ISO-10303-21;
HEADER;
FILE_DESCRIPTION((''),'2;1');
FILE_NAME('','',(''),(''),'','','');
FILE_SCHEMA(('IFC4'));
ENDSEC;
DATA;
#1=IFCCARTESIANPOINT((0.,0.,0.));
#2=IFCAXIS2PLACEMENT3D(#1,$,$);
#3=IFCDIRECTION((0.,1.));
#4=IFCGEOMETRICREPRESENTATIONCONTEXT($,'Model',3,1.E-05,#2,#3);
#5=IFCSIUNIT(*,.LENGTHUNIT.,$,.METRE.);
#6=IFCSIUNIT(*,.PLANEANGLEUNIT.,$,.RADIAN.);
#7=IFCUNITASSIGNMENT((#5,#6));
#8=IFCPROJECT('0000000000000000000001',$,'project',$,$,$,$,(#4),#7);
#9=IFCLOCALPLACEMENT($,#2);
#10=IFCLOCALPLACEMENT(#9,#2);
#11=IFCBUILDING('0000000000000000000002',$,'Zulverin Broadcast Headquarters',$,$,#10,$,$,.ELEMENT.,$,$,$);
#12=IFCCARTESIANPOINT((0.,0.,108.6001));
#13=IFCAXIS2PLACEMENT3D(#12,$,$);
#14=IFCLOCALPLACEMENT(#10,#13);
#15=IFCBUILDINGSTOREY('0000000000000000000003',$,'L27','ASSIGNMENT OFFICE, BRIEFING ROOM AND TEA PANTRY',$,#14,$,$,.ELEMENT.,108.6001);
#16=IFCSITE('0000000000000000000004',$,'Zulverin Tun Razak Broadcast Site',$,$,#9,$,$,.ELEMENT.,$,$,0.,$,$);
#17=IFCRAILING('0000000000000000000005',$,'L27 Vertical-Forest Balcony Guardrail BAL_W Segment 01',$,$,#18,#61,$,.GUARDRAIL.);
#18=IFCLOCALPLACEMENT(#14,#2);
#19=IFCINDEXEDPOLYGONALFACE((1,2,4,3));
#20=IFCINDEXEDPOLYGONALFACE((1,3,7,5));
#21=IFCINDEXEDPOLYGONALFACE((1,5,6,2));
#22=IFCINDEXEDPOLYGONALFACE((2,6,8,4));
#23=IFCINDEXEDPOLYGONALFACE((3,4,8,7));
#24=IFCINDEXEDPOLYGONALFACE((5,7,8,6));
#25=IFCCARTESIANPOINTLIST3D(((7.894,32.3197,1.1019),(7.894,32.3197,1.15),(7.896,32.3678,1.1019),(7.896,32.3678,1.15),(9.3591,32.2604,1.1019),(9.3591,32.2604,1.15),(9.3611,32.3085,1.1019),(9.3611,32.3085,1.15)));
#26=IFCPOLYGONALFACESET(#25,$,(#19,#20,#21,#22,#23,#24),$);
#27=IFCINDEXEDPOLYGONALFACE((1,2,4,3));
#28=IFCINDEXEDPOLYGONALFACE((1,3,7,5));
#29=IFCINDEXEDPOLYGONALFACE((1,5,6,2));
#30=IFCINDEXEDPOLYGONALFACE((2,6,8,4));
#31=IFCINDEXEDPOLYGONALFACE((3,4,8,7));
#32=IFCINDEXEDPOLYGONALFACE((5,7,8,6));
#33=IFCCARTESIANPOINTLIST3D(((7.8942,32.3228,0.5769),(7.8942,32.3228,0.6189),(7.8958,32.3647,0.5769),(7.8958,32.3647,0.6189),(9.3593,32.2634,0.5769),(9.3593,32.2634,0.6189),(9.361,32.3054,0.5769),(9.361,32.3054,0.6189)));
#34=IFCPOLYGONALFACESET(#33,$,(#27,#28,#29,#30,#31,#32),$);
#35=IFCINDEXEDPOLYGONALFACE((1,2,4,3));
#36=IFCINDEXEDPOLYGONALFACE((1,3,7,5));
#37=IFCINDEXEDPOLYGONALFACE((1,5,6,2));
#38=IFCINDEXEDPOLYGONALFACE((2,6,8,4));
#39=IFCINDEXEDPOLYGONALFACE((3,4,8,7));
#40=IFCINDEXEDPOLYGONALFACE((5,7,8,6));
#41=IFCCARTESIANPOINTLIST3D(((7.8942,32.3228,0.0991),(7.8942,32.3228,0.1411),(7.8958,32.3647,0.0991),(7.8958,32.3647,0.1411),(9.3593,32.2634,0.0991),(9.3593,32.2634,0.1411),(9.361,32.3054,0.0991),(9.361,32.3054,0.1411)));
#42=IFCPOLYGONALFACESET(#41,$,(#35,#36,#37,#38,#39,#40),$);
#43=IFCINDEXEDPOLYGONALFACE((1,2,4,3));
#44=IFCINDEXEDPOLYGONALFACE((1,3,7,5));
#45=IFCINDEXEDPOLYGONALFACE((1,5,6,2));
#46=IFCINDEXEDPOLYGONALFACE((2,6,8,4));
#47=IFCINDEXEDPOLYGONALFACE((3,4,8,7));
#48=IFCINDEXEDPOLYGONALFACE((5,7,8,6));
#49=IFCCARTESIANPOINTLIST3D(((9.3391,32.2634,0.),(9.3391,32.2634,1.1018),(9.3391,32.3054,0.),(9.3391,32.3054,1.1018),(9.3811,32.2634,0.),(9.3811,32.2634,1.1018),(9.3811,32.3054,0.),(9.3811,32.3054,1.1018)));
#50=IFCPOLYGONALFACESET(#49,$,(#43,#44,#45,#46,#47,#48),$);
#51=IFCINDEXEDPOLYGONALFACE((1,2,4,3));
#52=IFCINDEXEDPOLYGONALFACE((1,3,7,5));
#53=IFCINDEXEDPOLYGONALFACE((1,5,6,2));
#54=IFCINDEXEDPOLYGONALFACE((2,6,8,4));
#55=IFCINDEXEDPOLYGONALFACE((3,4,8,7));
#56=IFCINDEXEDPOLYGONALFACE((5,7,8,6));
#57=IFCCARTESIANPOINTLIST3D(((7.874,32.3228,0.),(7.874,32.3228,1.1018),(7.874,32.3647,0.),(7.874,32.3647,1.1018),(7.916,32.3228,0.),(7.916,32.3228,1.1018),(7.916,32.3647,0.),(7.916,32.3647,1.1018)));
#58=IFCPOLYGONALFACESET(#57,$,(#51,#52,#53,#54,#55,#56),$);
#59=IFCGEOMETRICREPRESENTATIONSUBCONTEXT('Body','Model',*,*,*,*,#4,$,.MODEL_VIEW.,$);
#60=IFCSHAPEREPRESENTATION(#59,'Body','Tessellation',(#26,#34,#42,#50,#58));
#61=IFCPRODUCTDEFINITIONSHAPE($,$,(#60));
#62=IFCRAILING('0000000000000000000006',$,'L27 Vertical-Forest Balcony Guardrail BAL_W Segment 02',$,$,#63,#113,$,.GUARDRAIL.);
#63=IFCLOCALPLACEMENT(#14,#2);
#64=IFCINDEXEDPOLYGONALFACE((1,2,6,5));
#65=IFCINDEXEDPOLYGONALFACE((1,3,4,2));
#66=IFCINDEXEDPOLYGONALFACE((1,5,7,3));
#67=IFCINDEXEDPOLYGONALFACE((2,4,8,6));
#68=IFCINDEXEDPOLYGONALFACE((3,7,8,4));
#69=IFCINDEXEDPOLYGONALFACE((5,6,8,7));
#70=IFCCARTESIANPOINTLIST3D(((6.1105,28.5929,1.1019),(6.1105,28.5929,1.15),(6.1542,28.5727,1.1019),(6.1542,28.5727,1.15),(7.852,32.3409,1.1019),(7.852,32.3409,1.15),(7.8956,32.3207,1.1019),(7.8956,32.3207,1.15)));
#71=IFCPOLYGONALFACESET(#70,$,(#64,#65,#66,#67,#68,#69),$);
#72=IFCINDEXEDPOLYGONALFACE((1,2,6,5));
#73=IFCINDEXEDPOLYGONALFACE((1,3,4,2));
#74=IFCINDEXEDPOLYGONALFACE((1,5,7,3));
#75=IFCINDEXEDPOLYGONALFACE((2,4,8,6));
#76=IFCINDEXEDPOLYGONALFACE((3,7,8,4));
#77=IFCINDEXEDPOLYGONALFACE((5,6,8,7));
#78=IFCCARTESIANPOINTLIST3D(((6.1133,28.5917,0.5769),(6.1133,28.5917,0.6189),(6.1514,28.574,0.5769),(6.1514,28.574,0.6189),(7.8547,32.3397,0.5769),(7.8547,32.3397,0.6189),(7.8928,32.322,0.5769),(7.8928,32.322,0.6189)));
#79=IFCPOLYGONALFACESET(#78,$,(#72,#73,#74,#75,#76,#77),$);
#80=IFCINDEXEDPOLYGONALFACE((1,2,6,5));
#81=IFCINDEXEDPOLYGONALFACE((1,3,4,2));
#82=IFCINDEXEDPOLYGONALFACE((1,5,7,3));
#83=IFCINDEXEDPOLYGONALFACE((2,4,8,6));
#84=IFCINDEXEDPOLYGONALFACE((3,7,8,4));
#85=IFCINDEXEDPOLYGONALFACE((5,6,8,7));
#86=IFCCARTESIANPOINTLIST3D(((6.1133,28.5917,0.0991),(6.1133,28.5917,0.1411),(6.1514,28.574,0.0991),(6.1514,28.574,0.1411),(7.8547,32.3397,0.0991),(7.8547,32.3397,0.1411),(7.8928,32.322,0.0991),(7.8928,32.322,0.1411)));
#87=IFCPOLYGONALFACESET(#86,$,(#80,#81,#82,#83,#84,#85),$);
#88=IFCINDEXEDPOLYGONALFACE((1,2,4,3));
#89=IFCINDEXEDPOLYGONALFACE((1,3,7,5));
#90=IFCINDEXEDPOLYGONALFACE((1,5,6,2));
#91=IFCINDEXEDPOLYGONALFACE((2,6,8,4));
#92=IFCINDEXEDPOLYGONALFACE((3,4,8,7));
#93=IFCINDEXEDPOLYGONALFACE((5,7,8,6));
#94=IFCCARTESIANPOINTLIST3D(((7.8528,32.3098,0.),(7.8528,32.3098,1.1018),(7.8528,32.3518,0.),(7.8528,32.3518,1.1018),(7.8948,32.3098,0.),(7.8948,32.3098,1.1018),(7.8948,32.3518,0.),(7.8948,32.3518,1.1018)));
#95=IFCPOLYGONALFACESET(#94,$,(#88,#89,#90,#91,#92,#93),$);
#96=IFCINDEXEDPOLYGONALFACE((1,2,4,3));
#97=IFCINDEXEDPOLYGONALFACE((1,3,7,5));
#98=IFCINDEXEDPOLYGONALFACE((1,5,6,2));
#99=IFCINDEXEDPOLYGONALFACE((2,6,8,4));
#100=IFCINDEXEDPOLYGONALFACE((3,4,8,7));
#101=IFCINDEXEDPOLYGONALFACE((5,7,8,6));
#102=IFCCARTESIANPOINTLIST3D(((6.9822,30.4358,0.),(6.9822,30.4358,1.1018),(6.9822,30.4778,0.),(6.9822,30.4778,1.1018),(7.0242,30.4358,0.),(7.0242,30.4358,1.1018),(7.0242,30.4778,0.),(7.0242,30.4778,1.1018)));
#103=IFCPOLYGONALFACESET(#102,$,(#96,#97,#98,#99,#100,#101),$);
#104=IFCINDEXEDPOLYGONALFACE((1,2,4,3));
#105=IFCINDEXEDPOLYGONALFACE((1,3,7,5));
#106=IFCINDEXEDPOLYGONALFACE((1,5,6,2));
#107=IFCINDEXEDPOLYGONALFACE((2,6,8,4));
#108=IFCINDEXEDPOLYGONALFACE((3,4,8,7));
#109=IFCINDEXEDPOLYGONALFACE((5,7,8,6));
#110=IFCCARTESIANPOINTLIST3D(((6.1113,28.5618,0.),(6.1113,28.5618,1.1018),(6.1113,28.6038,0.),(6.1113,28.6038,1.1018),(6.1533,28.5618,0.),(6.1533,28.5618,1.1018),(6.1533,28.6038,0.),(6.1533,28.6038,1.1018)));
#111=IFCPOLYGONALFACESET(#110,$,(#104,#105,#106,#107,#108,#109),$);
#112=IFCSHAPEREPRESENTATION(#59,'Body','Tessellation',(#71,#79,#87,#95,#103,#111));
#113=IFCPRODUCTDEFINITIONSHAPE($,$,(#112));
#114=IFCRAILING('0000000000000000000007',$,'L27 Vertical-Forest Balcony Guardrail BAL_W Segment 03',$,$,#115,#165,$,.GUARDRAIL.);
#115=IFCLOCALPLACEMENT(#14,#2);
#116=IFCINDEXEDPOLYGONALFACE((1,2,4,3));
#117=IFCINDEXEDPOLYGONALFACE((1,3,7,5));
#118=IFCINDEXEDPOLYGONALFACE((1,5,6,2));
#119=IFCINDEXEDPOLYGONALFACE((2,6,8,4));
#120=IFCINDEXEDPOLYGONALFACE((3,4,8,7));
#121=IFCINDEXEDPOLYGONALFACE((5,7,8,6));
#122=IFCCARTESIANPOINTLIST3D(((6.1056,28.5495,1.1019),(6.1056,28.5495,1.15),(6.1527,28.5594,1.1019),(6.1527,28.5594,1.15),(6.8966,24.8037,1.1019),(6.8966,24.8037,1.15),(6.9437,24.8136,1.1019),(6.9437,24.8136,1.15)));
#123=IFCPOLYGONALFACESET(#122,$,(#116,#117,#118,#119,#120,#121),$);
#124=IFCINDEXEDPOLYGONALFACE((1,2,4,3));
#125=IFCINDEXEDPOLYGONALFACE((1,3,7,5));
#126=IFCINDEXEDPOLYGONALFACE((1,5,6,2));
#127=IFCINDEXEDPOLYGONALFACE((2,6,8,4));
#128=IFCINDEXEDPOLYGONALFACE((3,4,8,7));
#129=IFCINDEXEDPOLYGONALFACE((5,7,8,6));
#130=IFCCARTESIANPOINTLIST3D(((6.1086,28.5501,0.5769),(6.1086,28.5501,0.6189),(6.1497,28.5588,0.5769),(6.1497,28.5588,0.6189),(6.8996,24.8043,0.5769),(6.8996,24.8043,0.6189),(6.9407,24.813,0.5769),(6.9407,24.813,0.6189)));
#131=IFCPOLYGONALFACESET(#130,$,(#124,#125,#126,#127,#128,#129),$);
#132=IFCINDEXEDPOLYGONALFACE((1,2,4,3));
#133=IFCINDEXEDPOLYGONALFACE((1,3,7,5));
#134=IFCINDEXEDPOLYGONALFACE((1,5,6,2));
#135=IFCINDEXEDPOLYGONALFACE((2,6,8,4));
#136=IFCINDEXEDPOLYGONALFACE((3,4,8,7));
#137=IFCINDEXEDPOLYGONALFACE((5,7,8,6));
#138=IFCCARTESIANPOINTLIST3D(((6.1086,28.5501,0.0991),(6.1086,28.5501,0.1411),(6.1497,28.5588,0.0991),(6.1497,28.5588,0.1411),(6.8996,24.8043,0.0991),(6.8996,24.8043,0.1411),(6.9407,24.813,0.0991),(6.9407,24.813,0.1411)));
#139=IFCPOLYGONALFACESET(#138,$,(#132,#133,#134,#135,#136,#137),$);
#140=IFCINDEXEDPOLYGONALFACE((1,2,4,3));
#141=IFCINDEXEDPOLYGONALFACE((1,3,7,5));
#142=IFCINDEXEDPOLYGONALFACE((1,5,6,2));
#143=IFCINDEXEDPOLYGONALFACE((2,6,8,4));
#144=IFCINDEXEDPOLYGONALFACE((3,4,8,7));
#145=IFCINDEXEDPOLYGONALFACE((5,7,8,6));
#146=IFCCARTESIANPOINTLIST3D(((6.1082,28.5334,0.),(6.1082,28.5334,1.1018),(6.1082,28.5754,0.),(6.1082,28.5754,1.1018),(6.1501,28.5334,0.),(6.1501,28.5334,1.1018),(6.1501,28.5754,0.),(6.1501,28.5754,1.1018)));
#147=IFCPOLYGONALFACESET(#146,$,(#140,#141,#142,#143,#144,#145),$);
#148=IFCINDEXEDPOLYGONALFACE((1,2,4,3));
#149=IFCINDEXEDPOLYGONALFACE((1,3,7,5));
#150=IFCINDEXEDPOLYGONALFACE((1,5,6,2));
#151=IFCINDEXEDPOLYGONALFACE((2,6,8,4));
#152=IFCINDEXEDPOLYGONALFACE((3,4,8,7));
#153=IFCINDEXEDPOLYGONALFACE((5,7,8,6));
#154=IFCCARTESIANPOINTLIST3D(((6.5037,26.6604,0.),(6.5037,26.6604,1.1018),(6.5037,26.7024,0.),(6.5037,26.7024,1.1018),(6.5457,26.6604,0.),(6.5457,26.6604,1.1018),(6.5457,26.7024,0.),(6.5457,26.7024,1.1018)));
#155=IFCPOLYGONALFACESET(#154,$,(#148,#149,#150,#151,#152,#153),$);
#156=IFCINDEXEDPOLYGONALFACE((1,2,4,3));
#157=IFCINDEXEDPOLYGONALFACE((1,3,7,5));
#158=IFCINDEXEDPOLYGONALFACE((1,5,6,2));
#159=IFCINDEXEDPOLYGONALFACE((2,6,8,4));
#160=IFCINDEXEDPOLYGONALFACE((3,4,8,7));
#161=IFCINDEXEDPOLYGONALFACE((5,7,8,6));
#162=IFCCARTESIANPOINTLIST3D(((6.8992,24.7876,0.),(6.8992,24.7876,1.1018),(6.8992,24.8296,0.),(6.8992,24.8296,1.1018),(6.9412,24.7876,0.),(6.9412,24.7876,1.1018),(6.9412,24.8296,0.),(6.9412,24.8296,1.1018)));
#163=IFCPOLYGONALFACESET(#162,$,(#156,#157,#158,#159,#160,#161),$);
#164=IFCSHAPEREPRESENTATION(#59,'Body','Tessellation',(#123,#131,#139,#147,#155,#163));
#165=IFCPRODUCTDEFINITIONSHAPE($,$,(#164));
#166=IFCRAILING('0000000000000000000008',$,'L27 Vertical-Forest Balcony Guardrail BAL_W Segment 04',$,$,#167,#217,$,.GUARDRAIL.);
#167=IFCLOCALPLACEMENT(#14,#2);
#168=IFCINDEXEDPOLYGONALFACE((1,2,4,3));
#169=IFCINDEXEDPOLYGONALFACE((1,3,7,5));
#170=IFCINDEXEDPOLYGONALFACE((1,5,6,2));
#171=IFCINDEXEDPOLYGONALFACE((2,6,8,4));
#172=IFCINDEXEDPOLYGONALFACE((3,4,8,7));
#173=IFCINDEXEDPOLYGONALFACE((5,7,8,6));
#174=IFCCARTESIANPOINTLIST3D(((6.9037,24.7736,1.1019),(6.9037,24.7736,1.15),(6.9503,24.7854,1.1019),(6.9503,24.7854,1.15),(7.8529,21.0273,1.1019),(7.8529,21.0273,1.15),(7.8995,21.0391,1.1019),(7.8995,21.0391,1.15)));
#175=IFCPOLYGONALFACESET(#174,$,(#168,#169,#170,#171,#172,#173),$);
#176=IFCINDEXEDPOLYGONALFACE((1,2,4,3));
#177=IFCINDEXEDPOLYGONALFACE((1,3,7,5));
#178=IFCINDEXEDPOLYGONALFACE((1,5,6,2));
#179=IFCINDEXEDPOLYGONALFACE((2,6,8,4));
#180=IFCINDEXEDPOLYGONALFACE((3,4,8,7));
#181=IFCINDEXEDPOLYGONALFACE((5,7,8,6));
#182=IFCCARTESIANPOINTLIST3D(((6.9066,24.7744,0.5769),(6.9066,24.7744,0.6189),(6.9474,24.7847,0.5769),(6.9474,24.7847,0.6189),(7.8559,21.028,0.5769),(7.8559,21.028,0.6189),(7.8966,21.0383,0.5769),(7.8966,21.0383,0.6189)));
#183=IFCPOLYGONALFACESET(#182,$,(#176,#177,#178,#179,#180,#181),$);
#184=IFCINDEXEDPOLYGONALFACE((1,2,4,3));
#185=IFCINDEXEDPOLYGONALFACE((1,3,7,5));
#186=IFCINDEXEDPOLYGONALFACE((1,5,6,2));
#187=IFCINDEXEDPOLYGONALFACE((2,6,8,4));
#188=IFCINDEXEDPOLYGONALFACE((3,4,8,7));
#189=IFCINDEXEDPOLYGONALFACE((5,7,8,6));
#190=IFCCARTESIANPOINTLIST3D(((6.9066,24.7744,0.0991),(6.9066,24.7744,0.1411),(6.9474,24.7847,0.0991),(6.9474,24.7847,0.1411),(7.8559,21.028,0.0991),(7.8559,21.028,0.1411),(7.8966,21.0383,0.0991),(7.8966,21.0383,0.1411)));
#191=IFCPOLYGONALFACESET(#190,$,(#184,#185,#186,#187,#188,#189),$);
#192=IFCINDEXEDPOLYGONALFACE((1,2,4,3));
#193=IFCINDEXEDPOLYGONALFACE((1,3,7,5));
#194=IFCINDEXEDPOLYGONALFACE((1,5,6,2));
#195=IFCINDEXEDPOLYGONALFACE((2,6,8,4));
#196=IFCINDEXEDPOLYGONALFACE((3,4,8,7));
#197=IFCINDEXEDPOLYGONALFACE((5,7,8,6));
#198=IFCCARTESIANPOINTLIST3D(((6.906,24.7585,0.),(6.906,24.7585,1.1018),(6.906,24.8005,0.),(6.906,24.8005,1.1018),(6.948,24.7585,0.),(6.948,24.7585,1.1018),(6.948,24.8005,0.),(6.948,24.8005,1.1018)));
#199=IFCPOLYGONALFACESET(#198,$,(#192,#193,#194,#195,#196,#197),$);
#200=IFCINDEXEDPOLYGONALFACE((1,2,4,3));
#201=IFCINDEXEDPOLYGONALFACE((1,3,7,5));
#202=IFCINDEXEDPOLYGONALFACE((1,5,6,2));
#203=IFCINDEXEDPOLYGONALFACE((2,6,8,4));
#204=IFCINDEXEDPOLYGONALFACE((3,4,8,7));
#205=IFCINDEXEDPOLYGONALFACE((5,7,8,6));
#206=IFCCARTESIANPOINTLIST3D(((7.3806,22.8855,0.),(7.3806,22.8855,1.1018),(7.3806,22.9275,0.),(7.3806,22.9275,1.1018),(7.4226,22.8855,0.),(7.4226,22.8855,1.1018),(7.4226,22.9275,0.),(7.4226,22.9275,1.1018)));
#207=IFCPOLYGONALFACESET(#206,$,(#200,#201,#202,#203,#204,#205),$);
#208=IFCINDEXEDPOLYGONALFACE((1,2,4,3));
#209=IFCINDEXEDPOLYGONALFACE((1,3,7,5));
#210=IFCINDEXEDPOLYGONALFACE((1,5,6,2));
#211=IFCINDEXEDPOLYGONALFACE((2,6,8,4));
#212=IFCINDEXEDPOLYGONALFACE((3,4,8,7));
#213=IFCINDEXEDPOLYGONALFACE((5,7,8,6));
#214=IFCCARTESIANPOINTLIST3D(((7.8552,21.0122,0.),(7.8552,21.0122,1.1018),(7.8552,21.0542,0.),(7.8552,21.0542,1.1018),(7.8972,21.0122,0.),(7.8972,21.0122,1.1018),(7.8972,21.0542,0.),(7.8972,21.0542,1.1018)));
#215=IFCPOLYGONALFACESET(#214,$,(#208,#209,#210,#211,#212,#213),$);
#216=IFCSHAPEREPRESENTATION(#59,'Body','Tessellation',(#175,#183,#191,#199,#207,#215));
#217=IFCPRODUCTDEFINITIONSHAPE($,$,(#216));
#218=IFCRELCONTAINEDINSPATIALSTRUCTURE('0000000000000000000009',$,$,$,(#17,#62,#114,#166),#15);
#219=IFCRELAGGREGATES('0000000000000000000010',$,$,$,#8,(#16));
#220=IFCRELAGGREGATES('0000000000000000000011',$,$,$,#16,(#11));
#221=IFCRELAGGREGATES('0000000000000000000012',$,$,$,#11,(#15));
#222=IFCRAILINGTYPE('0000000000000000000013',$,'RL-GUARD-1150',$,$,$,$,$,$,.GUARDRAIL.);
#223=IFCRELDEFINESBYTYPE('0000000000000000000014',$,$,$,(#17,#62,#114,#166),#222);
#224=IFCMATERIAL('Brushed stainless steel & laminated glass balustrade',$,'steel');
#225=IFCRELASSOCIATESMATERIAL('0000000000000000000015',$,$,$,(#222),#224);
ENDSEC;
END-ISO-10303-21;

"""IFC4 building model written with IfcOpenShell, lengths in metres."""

from ifc_helpers import new_model, si_unit, direction, frame, origin, origin_2d, place, context, subcontext, project, spatial, rectangle, extrude, material, type_object, element, save


model = new_model("IFC4")

# Units and contexts
model_context = context("Model", 3, precision=1e-05, world=origin(), true_north=direction((0.0, 1.0)))
body_context = subcontext(model_context, "Body", "Model", "MODEL_VIEW")
ifc_project = project(units=[si_unit("LENGTHUNIT", "METRE"), si_unit("PLANEANGLEUNIT", "RADIAN")], contexts=[model_context])

# Site, building, storey
site_placement = place(None, origin())
site = spatial("IfcSite", under=ifc_project, at=site_placement, Name="Zulverin Tun Razak Broadcast Site", CompositionType="ELEMENT", RefElevation=0.0)
building_placement = place(site_placement, origin())
building = spatial("IfcBuilding", under=site, at=building_placement, Name="Zulverin Broadcast Headquarters", CompositionType="ELEMENT")
storey_placement = place(building_placement, frame((0.0, 0.0, 108.6001)))
storey = spatial("IfcBuildingStorey", under=building, at=storey_placement, Name="L27", Description="ASSIGNMENT OFFICE, BRIEFING ROOM AND TEA PANTRY", CompositionType="ELEMENT", Elevation=108.6001)

# Railings
ifc_material_1 = material(Name="Brushed stainless steel & laminated glass balustrade", Category="steel")
railing_type = type_object("IfcRailingType", Name="RL-GUARD-1150", PredefinedType="GUARDRAIL", material=ifc_material_1)
railing_1_placement = place(storey_placement, frame((9.3601, 32.2844, 0.0)))
element("IfcRailing", 1, at=railing_1_placement, inside=storey, type_object=railing_type, Name="L27 Vertical-Forest Balcony Guardrail BAL_W Segment 01", PredefinedType="GUARDRAIL", context=body_context, shape_type="SweptSolid", body=[
    extrude(rectangle(XDim=0.0481, YDim=0.0481, at=origin_2d()), frame((0.0, 0.0, 1.126), z_axis=(-0.999181, 0.04046, 0.0), x_axis=(-0.04046, -0.999181, 0.0)), (0.0, 0.0, 1.0), 1.4663),
    extrude(rectangle(XDim=0.042, YDim=0.042, at=origin_2d()), frame((0.0, 0.0, 0.5979), z_axis=(-0.999181, 0.04046, 0.0), x_axis=(-0.04046, -0.999181, 0.0)), (0.0, 0.0, 1.0), 1.4663),
    extrude(rectangle(XDim=0.042, YDim=0.042, at=origin_2d()), frame((0.0, 0.0, 0.1201), z_axis=(-0.999181, 0.04046, 0.0), x_axis=(-0.04046, -0.999181, 0.0)), (0.0, 0.0, 1.0), 1.4663),
    extrude(rectangle(XDim=0.042, YDim=0.042, at=origin_2d()), origin(), (0.0, 0.0, 1.0), 1.1018),
    extrude(rectangle(XDim=0.042, YDim=0.042, at=origin_2d()), frame((-1.4651, 0.0593, 0.0)), (0.0, 0.0, 1.0), 1.1018),
])
railing_2_placement = place(storey_placement, frame((7.8738, 32.3308, 0.0)))
element("IfcRailing", 2, at=railing_2_placement, inside=storey, type_object=railing_type, Name="L27 Vertical-Forest Balcony Guardrail BAL_W Segment 02", PredefinedType="GUARDRAIL", context=body_context, shape_type="SweptSolid", body=[
    extrude(rectangle(XDim=0.0481, YDim=0.0481, at=origin_2d()), frame((0.0, 0.0, 1.126), z_axis=(-0.421368, -0.90689, 0.0), x_axis=(0.90689, -0.421368, 0.0)), (0.0, 0.0, 1.0), 4.1328),
    extrude(rectangle(XDim=0.042, YDim=0.042, at=origin_2d()), frame((0.0, 0.0, 0.5979), z_axis=(-0.421368, -0.90689, 0.0), x_axis=(0.90689, -0.421368, 0.0)), (0.0, 0.0, 1.0), 4.1328),
    extrude(rectangle(XDim=0.042, YDim=0.042, at=origin_2d()), frame((0.0, 0.0, 0.1201), z_axis=(-0.421368, -0.90689, 0.0), x_axis=(0.90689, -0.421368, 0.0)), (0.0, 0.0, 1.0), 4.1328),
    extrude(rectangle(XDim=0.042, YDim=0.042, at=origin_2d()), origin(), (0.0, 0.0, 1.0), 1.1018),
    extrude(rectangle(XDim=0.042, YDim=0.042, at=origin_2d()), frame((-0.8706, -1.874, 0.0)), (0.0, 0.0, 1.0), 1.1018),
    extrude(rectangle(XDim=0.042, YDim=0.042, at=origin_2d()), frame((-1.7415, -3.748, 0.0)), (0.0, 0.0, 1.0), 1.1018),
])
railing_3_placement = place(storey_placement, frame((6.1292, 28.5544, 0.0)))
element("IfcRailing", 3, at=railing_3_placement, inside=storey, type_object=railing_type, Name="L27 Vertical-Forest Balcony Guardrail BAL_W Segment 03", PredefinedType="GUARDRAIL", context=body_context, shape_type="SweptSolid", body=[
    extrude(rectangle(XDim=0.0481, YDim=0.0481, at=origin_2d()), frame((0.0, 0.0, 1.126), z_axis=(0.206615, -0.978422, 0.0), x_axis=(0.978422, 0.206615, 0.0)), (0.0, 0.0, 1.0), 3.8284),
    extrude(rectangle(XDim=0.042, YDim=0.042, at=origin_2d()), frame((0.0, 0.0, 0.5979), z_axis=(0.206615, -0.978422, 0.0), x_axis=(0.978422, 0.206615, 0.0)), (0.0, 0.0, 1.0), 3.8284),
    extrude(rectangle(XDim=0.042, YDim=0.042, at=origin_2d()), frame((0.0, 0.0, 0.1201), z_axis=(0.206615, -0.978422, 0.0), x_axis=(0.978422, 0.206615, 0.0)), (0.0, 0.0, 1.0), 3.8284),
    extrude(rectangle(XDim=0.042, YDim=0.042, at=origin_2d()), origin(), (0.0, 0.0, 1.0), 1.1018),
    extrude(rectangle(XDim=0.042, YDim=0.042, at=origin_2d()), frame((0.3955, -1.873, 0.0)), (0.0, 0.0, 1.0), 1.1018),
    extrude(rectangle(XDim=0.042, YDim=0.042, at=origin_2d()), frame((0.791, -3.7458, 0.0)), (0.0, 0.0, 1.0), 1.1018),
])
railing_4_placement = place(storey_placement, frame((6.927, 24.7795, 0.0)))
element("IfcRailing", 4, at=railing_4_placement, inside=storey, type_object=railing_type, Name="L27 Vertical-Forest Balcony Guardrail BAL_W Segment 04", PredefinedType="GUARDRAIL", context=body_context, shape_type="SweptSolid", body=[
    extrude(rectangle(XDim=0.0481, YDim=0.0481, at=origin_2d()), frame((0.0, 0.0, 1.126), z_axis=(0.245611, -0.969368, 0.0), x_axis=(0.969368, 0.245611, 0.0)), (0.0, 0.0, 1.0), 3.8647),
    extrude(rectangle(XDim=0.042, YDim=0.042, at=origin_2d()), frame((0.0, 0.0, 0.5979), z_axis=(0.245611, -0.969368, 0.0), x_axis=(0.969368, 0.245611, 0.0)), (0.0, 0.0, 1.0), 3.8647),
    extrude(rectangle(XDim=0.042, YDim=0.042, at=origin_2d()), frame((0.0, 0.0, 0.1201), z_axis=(0.245611, -0.969368, 0.0), x_axis=(0.969368, 0.245611, 0.0)), (0.0, 0.0, 1.0), 3.8647),
    extrude(rectangle(XDim=0.042, YDim=0.042, at=origin_2d()), origin(), (0.0, 0.0, 1.0), 1.1018),
    extrude(rectangle(XDim=0.042, YDim=0.042, at=origin_2d()), frame((0.4746, -1.873, 0.0)), (0.0, 0.0, 1.0), 1.1018),
    extrude(rectangle(XDim=0.042, YDim=0.042, at=origin_2d()), frame((0.9492, -3.7463, 0.0)), (0.0, 0.0, 1.0), 1.1018),
])

save(model, "model.ifc")
